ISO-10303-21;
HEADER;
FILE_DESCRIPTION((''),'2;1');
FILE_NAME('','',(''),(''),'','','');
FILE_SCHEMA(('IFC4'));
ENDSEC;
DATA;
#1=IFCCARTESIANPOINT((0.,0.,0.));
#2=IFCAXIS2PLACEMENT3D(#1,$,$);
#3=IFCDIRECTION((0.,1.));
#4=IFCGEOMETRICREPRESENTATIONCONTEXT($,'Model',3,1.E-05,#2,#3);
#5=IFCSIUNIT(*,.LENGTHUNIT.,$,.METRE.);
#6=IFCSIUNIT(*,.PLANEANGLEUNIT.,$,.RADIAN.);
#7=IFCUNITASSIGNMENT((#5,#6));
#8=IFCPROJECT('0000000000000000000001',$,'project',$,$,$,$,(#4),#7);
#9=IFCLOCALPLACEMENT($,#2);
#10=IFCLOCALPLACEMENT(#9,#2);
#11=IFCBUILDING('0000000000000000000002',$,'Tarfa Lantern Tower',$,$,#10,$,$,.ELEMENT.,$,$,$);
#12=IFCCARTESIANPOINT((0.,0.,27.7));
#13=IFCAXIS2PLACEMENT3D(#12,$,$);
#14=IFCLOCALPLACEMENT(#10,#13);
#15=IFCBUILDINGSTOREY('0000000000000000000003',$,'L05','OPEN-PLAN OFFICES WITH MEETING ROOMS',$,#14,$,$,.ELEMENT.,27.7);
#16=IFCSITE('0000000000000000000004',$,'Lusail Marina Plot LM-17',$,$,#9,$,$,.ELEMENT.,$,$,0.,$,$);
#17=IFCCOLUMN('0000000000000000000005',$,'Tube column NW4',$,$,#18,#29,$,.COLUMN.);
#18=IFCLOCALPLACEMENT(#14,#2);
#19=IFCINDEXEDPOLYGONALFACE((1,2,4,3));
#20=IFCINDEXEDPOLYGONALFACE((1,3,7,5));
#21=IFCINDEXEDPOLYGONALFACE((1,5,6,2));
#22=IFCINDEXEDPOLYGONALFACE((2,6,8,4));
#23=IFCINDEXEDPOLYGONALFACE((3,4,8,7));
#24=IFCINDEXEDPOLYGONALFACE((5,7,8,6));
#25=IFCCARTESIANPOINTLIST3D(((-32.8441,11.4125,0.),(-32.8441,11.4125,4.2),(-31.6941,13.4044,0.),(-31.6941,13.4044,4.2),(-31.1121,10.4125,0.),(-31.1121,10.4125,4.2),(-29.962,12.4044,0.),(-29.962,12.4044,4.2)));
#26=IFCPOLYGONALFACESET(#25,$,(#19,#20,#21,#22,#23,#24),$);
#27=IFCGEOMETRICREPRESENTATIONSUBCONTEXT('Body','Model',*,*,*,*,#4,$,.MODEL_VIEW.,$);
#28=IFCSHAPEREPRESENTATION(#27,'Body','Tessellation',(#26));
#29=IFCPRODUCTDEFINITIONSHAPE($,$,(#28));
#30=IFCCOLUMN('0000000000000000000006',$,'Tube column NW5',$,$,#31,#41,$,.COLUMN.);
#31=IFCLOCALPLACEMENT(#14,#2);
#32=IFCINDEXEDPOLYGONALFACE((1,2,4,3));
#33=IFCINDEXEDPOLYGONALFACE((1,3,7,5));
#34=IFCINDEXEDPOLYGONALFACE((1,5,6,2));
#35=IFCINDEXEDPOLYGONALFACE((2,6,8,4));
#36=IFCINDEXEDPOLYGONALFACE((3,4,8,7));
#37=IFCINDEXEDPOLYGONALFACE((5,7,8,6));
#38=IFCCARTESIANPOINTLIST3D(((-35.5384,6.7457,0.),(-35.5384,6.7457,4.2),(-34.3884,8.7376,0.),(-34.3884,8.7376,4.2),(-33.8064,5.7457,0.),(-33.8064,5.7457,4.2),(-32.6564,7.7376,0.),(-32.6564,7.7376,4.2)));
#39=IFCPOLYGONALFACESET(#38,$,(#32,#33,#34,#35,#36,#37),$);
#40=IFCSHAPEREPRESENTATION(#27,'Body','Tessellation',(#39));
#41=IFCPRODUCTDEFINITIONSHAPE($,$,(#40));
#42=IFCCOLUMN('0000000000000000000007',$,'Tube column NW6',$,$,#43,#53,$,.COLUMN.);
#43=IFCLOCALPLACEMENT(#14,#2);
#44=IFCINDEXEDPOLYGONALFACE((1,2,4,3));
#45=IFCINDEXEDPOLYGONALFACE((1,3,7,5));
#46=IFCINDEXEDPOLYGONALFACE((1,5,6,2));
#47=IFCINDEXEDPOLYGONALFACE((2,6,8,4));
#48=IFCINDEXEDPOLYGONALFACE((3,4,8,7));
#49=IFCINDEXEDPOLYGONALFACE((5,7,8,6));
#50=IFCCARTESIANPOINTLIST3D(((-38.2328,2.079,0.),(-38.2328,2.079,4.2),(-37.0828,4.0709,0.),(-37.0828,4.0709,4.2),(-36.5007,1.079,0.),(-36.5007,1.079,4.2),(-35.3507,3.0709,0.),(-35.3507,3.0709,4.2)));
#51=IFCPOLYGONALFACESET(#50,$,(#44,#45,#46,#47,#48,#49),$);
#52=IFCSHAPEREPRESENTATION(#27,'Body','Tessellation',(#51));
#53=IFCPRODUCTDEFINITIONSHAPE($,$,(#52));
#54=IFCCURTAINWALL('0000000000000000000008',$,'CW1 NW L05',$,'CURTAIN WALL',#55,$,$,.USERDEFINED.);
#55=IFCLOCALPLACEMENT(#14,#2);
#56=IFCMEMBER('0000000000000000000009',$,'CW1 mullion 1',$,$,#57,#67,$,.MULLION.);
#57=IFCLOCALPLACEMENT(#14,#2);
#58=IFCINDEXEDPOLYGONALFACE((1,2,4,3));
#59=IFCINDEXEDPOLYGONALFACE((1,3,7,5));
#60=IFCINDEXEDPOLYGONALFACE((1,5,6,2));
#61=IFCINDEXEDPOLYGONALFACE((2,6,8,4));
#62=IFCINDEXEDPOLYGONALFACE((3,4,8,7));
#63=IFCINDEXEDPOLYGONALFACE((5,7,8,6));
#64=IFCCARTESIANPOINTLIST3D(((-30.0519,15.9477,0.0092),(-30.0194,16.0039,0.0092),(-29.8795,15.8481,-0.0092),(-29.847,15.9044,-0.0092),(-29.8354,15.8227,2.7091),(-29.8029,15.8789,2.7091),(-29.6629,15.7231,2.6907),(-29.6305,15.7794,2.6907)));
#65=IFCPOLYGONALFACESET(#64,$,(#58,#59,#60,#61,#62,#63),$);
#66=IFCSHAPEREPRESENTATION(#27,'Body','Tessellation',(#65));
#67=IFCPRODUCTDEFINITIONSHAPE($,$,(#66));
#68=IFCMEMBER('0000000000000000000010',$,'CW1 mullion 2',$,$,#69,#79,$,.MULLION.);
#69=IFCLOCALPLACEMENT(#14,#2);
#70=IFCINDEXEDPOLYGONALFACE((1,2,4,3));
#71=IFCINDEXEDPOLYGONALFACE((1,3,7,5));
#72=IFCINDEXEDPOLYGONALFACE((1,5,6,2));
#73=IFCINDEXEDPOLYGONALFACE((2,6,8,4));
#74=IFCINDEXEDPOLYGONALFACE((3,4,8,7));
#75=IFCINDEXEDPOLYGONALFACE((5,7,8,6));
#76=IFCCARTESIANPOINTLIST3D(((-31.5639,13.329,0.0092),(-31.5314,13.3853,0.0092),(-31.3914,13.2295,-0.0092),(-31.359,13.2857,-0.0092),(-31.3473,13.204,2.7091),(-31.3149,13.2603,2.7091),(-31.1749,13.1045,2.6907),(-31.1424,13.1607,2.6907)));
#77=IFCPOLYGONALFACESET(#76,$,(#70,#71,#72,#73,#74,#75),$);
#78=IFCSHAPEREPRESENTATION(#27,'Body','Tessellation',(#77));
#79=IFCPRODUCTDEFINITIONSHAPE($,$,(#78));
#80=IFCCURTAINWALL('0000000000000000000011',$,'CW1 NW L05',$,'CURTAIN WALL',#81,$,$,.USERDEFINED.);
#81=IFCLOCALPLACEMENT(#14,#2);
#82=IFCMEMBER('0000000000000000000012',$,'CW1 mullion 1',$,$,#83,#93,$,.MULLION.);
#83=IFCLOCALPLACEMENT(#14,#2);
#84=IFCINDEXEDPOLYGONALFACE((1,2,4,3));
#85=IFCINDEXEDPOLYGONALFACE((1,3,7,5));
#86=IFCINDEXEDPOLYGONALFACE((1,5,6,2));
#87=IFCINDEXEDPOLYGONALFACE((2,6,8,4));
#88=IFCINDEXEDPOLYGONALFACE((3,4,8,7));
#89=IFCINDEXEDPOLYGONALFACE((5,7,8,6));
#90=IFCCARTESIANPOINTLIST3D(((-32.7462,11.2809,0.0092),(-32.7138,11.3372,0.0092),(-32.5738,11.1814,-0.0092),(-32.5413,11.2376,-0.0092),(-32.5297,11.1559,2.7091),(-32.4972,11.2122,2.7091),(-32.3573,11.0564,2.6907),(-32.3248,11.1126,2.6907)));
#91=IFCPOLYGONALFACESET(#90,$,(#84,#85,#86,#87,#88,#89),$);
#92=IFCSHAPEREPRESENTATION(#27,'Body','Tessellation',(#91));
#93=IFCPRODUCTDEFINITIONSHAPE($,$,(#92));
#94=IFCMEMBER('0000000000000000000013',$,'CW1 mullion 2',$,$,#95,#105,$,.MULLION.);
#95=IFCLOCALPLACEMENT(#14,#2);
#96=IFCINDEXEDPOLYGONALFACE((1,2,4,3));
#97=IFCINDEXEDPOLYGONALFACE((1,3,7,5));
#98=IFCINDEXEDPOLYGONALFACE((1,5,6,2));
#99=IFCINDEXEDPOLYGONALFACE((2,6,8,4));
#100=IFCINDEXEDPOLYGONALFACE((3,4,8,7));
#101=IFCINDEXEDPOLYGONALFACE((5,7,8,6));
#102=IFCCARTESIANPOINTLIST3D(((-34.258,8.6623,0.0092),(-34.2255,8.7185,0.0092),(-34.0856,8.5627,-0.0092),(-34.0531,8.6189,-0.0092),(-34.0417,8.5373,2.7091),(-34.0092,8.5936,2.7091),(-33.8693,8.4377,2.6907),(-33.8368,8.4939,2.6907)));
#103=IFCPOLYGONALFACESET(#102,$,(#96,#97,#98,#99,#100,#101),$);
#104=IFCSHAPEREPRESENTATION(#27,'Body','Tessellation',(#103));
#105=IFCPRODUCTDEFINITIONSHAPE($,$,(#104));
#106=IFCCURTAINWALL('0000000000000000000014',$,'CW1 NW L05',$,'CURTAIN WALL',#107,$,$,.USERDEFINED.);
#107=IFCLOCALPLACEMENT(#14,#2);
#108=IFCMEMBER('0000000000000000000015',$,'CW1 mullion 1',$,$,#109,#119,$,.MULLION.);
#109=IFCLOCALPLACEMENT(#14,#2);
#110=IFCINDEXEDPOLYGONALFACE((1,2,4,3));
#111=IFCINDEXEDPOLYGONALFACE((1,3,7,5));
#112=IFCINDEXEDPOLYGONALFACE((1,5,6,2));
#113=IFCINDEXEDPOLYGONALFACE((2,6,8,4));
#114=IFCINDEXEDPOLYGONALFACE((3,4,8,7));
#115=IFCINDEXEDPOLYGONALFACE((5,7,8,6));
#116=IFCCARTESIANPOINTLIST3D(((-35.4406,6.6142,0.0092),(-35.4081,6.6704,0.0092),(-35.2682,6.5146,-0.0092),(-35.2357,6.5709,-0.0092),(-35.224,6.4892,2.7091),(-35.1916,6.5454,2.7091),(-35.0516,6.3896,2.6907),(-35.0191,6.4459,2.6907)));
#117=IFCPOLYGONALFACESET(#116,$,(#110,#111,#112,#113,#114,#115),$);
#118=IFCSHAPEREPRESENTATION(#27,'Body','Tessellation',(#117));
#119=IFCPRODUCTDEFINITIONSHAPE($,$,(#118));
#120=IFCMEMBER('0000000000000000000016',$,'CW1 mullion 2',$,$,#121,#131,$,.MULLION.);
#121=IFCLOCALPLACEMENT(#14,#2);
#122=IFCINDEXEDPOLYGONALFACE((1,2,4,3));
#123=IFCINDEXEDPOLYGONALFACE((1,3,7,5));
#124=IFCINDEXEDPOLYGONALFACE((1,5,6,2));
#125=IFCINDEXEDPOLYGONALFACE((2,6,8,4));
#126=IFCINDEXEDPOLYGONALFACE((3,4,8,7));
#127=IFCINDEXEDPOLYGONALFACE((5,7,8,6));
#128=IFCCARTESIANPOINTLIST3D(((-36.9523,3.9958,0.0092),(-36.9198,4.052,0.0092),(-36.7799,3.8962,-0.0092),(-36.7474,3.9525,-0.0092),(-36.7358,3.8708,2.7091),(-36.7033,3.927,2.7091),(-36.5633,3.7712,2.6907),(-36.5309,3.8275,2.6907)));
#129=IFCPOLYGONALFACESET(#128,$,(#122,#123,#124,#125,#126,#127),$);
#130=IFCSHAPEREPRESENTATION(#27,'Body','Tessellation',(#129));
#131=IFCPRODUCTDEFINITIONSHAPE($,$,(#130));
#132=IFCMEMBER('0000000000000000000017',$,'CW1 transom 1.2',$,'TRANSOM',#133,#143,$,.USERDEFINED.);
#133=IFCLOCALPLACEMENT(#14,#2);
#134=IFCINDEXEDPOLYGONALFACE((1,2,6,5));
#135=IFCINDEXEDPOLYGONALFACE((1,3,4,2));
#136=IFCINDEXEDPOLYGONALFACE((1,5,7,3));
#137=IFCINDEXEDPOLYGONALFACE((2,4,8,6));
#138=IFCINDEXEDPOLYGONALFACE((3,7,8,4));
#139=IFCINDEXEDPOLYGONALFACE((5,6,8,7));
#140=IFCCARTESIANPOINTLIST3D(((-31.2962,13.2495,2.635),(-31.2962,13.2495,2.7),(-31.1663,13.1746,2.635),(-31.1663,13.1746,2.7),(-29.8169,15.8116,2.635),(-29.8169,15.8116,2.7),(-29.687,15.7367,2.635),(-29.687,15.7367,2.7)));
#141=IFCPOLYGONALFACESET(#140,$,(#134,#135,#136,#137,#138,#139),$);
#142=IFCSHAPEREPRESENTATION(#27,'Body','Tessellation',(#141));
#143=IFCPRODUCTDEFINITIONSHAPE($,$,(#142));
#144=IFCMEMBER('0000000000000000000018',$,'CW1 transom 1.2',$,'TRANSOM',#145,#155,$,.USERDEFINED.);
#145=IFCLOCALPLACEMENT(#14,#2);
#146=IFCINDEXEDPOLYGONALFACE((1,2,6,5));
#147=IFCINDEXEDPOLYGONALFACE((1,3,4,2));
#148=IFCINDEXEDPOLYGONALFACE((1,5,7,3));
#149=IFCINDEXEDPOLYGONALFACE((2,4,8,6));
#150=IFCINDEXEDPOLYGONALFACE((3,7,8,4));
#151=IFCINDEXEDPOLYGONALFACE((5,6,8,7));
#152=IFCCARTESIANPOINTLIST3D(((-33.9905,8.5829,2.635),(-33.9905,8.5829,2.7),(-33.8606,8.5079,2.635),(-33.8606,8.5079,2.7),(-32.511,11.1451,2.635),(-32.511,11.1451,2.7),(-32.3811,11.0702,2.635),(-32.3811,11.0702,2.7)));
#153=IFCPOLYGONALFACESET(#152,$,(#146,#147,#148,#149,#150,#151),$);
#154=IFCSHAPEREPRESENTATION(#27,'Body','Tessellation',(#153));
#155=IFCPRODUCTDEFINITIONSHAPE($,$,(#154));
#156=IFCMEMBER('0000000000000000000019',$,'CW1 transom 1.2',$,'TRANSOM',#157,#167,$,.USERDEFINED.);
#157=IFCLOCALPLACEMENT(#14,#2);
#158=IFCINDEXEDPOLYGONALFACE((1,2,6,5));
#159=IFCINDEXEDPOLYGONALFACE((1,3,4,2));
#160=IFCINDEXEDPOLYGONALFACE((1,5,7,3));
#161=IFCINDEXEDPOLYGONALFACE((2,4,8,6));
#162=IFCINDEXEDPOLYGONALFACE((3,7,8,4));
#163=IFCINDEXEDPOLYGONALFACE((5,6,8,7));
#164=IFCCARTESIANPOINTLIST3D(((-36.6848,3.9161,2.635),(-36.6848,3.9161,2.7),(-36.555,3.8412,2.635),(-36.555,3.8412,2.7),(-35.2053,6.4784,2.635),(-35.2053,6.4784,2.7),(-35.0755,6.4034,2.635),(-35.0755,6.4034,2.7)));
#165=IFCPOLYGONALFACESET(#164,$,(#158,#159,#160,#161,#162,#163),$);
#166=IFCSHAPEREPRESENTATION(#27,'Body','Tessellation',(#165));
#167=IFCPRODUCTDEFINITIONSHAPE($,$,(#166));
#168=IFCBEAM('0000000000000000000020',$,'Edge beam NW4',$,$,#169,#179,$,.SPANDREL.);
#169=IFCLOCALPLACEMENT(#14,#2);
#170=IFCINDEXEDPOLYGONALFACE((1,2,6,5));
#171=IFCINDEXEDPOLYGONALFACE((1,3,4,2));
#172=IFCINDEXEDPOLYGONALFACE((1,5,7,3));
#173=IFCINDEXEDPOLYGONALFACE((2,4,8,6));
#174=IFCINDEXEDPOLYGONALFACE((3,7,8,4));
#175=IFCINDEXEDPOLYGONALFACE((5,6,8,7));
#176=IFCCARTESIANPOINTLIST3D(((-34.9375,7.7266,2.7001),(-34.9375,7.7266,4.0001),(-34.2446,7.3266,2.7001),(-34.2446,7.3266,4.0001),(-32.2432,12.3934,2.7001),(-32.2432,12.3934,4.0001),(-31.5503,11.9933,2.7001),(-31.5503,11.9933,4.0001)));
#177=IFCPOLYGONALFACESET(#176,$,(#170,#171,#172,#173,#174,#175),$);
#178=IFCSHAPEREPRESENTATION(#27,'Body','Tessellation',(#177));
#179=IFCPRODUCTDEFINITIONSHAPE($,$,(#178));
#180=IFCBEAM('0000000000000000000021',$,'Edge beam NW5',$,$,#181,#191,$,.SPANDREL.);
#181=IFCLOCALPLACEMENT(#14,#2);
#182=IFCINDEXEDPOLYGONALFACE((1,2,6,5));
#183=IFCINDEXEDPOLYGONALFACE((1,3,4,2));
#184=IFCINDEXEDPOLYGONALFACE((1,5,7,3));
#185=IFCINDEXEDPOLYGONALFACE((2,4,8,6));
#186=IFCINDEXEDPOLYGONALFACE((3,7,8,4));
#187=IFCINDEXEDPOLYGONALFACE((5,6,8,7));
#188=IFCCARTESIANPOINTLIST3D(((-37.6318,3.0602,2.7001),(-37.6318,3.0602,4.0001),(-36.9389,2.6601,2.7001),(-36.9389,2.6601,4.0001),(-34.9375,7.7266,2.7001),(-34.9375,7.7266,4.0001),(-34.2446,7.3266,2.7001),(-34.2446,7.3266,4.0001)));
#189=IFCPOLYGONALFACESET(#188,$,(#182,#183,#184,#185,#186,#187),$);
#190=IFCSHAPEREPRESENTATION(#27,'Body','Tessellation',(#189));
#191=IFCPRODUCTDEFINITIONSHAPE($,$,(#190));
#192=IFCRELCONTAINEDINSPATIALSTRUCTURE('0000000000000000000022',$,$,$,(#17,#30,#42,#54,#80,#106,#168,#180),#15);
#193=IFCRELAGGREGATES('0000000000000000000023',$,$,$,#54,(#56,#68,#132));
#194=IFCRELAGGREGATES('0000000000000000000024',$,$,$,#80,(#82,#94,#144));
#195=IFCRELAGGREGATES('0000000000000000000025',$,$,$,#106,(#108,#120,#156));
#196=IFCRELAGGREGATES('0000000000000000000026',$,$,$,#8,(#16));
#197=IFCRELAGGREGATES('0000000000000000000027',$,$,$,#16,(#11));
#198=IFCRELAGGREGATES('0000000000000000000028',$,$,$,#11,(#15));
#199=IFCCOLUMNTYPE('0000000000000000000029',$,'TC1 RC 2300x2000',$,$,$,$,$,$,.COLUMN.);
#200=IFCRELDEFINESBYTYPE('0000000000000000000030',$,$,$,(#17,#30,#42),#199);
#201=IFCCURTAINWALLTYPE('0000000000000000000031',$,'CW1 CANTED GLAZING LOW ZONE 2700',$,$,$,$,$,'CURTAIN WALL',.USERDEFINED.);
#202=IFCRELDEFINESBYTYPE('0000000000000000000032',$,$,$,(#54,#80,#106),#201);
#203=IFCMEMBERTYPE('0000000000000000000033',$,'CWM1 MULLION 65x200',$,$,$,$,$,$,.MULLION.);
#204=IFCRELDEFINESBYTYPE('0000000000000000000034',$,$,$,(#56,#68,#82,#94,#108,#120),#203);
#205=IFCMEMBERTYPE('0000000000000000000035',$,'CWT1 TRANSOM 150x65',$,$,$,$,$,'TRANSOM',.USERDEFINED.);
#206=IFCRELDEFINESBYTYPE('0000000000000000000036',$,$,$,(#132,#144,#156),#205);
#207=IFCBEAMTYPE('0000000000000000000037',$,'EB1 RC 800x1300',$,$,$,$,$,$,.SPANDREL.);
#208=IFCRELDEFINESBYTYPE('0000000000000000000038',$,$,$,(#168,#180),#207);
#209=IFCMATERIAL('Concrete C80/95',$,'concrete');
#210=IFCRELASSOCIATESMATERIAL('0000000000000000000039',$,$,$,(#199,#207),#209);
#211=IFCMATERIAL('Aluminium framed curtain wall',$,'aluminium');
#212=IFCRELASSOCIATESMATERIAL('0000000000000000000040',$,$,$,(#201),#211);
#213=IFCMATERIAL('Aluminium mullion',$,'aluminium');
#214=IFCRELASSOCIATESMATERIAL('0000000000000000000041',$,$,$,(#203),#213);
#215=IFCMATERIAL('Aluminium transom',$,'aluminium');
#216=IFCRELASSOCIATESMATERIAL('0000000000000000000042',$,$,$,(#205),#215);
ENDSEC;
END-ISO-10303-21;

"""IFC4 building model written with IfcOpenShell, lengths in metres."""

from ifc_helpers import new_model, si_unit, direction, frame, origin, origin_2d, place, context, subcontext, project, spatial, rectangle, extrude, material, material_profile, profile_set, type_object, element, aggregate, save


model = new_model("IFC4")

# Units and contexts
model_context = context("Model", 3, precision=1e-05, world=origin(), true_north=direction((0.0, 1.0)))
body_context = subcontext(model_context, "Body", "Model", "MODEL_VIEW")
ifc_project = project(units=[si_unit("LENGTHUNIT", "METRE"), si_unit("PLANEANGLEUNIT", "RADIAN")], contexts=[model_context])

# Site, building, storey
site_placement = place(None, origin())
site = spatial("IfcSite", under=ifc_project, at=site_placement, Name="Lusail Marina Plot LM-17", CompositionType="ELEMENT", RefElevation=0.0)
building_placement = place(site_placement, origin())
building = spatial("IfcBuilding", under=site, at=building_placement, Name="Tarfa Lantern Tower", CompositionType="ELEMENT")
storey_placement = place(building_placement, frame((0.0, 0.0, 27.7)))
storey = spatial("IfcBuildingStorey", under=building, at=storey_placement, Name="L05", Description="OPEN-PLAN OFFICES WITH MEETING ROOMS", CompositionType="ELEMENT", Elevation=27.7)

# Columns
ifc_material_1 = material(Name="Concrete C80/95", Category="concrete")
ifc_material_profile_1 = material_profile(ifc_material_1, rectangle(XDim=2.3, YDim=2.0, at=origin_2d()), Name="RC 2300x2000")
ifc_profile_set_1 = profile_set([ifc_material_profile_1], Name="Concrete C80/95")
column_type = type_object("IfcColumnType", Name="TC1 RC 2300x2000", PredefinedType="COLUMN", material=ifc_profile_set_1)
for number, where, z_axis, x_axis, name in (
    (1, (-31.4031, 11.9084, 0.0), (0.0, 0.0, 1.0), (-0.5, -0.866025, 0.0), "Tube column NW4"),
    (2, (-34.0974, 7.2417, 0.0), (0.0, 0.0, 1.0), (-0.5, -0.866025, 0.0), "Tube column NW5"),
    (3, (-36.7917, 2.575, 0.0), (0.0, 0.0, 1.0), (-0.5, -0.866025, 0.0), "Tube column NW6"),
):
    element("IfcColumn", number, at=place(storey_placement, frame(where, z_axis=z_axis, x_axis=x_axis)), inside=storey, type_object=column_type, Name=name, PredefinedType="COLUMN", context=body_context, shape_type="SweptSolid", body=[
        extrude(rectangle(XDim=2.3, YDim=2.0, at=origin_2d()), origin(), (0.0, 0.0, 1.0), 4.2),
    ])

# Curtain walls, members
ifc_material_2 = material(Name="Aluminium framed curtain wall", Category="aluminium")
curtain_wall_type = type_object("IfcCurtainWallType", Name="CW1 CANTED GLAZING LOW ZONE 2700", ElementType="CURTAIN WALL", PredefinedType="USERDEFINED", material=ifc_material_2)
curtain_wall_1_placement = place(storey_placement, origin())
curtain_wall_1 = element("IfcCurtainWall", 4, at=curtain_wall_1_placement, inside=storey, type_object=curtain_wall_type, Name="CW1 NW L05", ObjectType="CURTAIN WALL", PredefinedType="USERDEFINED")
ifc_material_3 = material(Name="Aluminium mullion", Category="aluminium")
ifc_material_profile_2 = material_profile(ifc_material_3, rectangle(XDim=0.0649, YDim=0.2, at=origin_2d()), Name="AL MULLION 65x200")
ifc_profile_set_2 = profile_set([ifc_material_profile_2], Name="Aluminium mullion")
member_type_1 = type_object("IfcMemberType", Name="CWM1 MULLION 65x200", PredefinedType="MULLION", material=ifc_profile_set_2)
member_1_placement = place(storey_placement, frame((-29.9495, 15.926, 0.0), z_axis=(0.079864, -0.0461, 0.995739), x_axis=(0.49992, 0.866072, 0.0)))
member_1 = element("IfcMember", 5, at=member_1_placement, type_object=member_type_1, Name="CW1 mullion 1", PredefinedType="MULLION", context=body_context, shape_type="SweptSolid", body=[
    extrude(rectangle(XDim=0.0649, YDim=0.2, at=origin_2d()), origin(), (0.0, 0.0, 1.0), 2.7114),
])
member_2_placement = place(storey_placement, frame((-31.4614, 13.3074, 0.0), z_axis=(0.079864, -0.0461, 0.995739), x_axis=(0.49992, 0.866072, 0.0)))
member_2 = element("IfcMember", 6, at=member_2_placement, type_object=member_type_1, Name="CW1 mullion 2", PredefinedType="MULLION", context=body_context, shape_type="SweptSolid", body=[
    extrude(rectangle(XDim=0.0649, YDim=0.2, at=origin_2d()), origin(), (0.0, 0.0, 1.0), 2.7114),
])
curtain_wall_2_placement = place(storey_placement, origin())
curtain_wall_2 = element("IfcCurtainWall", 7, at=curtain_wall_2_placement, inside=storey, type_object=curtain_wall_type, Name="CW1 NW L05", ObjectType="CURTAIN WALL", PredefinedType="USERDEFINED")
member_3_placement = place(storey_placement, frame((-32.6438, 11.2593, 0.0), z_axis=(0.079864, -0.0461, 0.995739), x_axis=(0.49992, 0.866072, 0.0)))
member_3 = element("IfcMember", 8, at=member_3_placement, type_object=member_type_1, Name="CW1 mullion 1", PredefinedType="MULLION", context=body_context, shape_type="SweptSolid", body=[
    extrude(rectangle(XDim=0.0649, YDim=0.2, at=origin_2d()), origin(), (0.0, 0.0, 1.0), 2.7114),
])
member_4_placement = place(storey_placement, frame((-34.1555, 8.6406, 0.0), z_axis=(0.079775, -0.0461, 0.995746), x_axis=(0.500343, 0.865827, 0.0)))
member_4 = element("IfcMember", 9, at=member_4_placement, type_object=member_type_1, Name="CW1 mullion 2", PredefinedType="MULLION", context=body_context, shape_type="SweptSolid", body=[
    extrude(rectangle(XDim=0.0649, YDim=0.2, at=origin_2d()), origin(), (0.0, 0.0, 1.0), 2.7114),
])
curtain_wall_3_placement = place(storey_placement, origin())
curtain_wall_3 = element("IfcCurtainWall", 10, at=curtain_wall_3_placement, inside=storey, type_object=curtain_wall_type, Name="CW1 NW L05", ObjectType="CURTAIN WALL", PredefinedType="USERDEFINED")
member_5_placement = place(storey_placement, frame((-35.3381, 6.5925, 0.0), z_axis=(0.079864, -0.0461, 0.995739), x_axis=(0.49992, 0.866072, 0.0)))
member_5 = element("IfcMember", 11, at=member_5_placement, type_object=member_type_1, Name="CW1 mullion 1", PredefinedType="MULLION", context=body_context, shape_type="SweptSolid", body=[
    extrude(rectangle(XDim=0.0649, YDim=0.2, at=origin_2d()), origin(), (0.0, 0.0, 1.0), 2.7114),
])
member_6_placement = place(storey_placement, frame((-36.8499, 3.9741, 0.0), z_axis=(0.079864, -0.0461, 0.995739), x_axis=(0.49992, 0.866072, 0.0)))
member_6 = element("IfcMember", 12, at=member_6_placement, type_object=member_type_1, Name="CW1 mullion 2", PredefinedType="MULLION", context=body_context, shape_type="SweptSolid", body=[
    extrude(rectangle(XDim=0.0649, YDim=0.2, at=origin_2d()), origin(), (0.0, 0.0, 1.0), 2.7114),
])

# Members
ifc_material_4 = material(Name="Aluminium transom", Category="aluminium")
ifc_material_profile_3 = material_profile(ifc_material_4, rectangle(XDim=0.1499, YDim=0.0649, at=origin_2d()), Name="AL TRANSOM 150x65")
ifc_profile_set_3 = profile_set([ifc_material_profile_3], Name="Aluminium transom")
member_type_2 = type_object("IfcMemberType", Name="CWT1 TRANSOM 150x65", ElementType="TRANSOM", PredefinedType="USERDEFINED", material=ifc_profile_set_3)
member_7_placement = place(storey_placement, frame((-29.752, 15.7742, 2.6675), z_axis=(-0.500018, -0.866015, 0.0), x_axis=(0.866015, -0.500018, 0.0)))
member_7 = element("IfcMember", 13, at=member_7_placement, type_object=member_type_2, Name="CW1 transom 1.2", ObjectType="TRANSOM", PredefinedType="USERDEFINED", context=body_context, shape_type="SweptSolid", body=[
    extrude(rectangle(XDim=0.1499, YDim=0.0649, at=origin_2d()), origin(), (0.0, 0.0, 1.0), 2.9585),
])
member_8_placement = place(storey_placement, frame((-32.446, 11.1077, 2.6675), z_axis=(-0.500044, -0.866, 0.0), x_axis=(0.866, -0.500044, 0.0)))
member_8 = element("IfcMember", 14, at=member_8_placement, type_object=member_type_2, Name="CW1 transom 1.2", ObjectType="TRANSOM", PredefinedType="USERDEFINED", context=body_context, shape_type="SweptSolid", body=[
    extrude(rectangle(XDim=0.1499, YDim=0.0649, at=origin_2d()), origin(), (0.0, 0.0, 1.0), 2.9587),
])
member_9_placement = place(storey_placement, frame((-35.1404, 6.4409, 2.6675), z_axis=(-0.500044, -0.866, 0.0), x_axis=(0.866, -0.500044, 0.0)))
member_9 = element("IfcMember", 15, at=member_9_placement, type_object=member_type_2, Name="CW1 transom 1.2", ObjectType="TRANSOM", PredefinedType="USERDEFINED", context=body_context, shape_type="SweptSolid", body=[
    extrude(rectangle(XDim=0.1499, YDim=0.0649, at=origin_2d()), origin(), (0.0, 0.0, 1.0), 2.9587),
])

# Beams
ifc_material_profile_4 = material_profile(ifc_material_1, rectangle(XDim=0.8, YDim=1.3, at=origin_2d()), Name="RC 800x1300")
ifc_profile_set_4 = profile_set([ifc_material_profile_4], Name="Concrete C80/95")
beam_type_1 = type_object("IfcBeamType", Name="EB1 RC 800x1300", PredefinedType="SPANDREL", material=ifc_profile_set_4)
beam_1_placement = place(storey_placement, frame((-31.8967, 12.1934, 3.3501), z_axis=(-0.499998, -0.866026, 0.0), x_axis=(0.866026, -0.499998, 0.0)))
element("IfcBeam", 16, at=beam_1_placement, inside=storey, type_object=beam_type_1, Name="Edge beam NW4", PredefinedType="SPANDREL", context=body_context, shape_type="SweptSolid", body=[
    extrude(rectangle(XDim=0.8, YDim=1.3, at=origin_2d()), origin(), (0.0, 0.0, 1.0), 5.3887),
])
beam_2_placement = place(storey_placement, frame((-34.5911, 7.5266, 3.3501), z_axis=(-0.500018, -0.866015, 0.0), x_axis=(0.866015, -0.500018, 0.0)))
element("IfcBeam", 17, at=beam_2_placement, inside=storey, type_object=beam_type_1, Name="Edge beam NW5", PredefinedType="SPANDREL", context=body_context, shape_type="SweptSolid", body=[
    extrude(rectangle(XDim=0.8, YDim=1.3, at=origin_2d()), origin(), (0.0, 0.0, 1.0), 5.3884),
])

aggregate(curtain_wall_1, [member_1, member_2, member_7])
aggregate(curtain_wall_2, [member_3, member_4, member_8])
aggregate(curtain_wall_3, [member_5, member_6, member_9])

save(model, "model.ifc")
